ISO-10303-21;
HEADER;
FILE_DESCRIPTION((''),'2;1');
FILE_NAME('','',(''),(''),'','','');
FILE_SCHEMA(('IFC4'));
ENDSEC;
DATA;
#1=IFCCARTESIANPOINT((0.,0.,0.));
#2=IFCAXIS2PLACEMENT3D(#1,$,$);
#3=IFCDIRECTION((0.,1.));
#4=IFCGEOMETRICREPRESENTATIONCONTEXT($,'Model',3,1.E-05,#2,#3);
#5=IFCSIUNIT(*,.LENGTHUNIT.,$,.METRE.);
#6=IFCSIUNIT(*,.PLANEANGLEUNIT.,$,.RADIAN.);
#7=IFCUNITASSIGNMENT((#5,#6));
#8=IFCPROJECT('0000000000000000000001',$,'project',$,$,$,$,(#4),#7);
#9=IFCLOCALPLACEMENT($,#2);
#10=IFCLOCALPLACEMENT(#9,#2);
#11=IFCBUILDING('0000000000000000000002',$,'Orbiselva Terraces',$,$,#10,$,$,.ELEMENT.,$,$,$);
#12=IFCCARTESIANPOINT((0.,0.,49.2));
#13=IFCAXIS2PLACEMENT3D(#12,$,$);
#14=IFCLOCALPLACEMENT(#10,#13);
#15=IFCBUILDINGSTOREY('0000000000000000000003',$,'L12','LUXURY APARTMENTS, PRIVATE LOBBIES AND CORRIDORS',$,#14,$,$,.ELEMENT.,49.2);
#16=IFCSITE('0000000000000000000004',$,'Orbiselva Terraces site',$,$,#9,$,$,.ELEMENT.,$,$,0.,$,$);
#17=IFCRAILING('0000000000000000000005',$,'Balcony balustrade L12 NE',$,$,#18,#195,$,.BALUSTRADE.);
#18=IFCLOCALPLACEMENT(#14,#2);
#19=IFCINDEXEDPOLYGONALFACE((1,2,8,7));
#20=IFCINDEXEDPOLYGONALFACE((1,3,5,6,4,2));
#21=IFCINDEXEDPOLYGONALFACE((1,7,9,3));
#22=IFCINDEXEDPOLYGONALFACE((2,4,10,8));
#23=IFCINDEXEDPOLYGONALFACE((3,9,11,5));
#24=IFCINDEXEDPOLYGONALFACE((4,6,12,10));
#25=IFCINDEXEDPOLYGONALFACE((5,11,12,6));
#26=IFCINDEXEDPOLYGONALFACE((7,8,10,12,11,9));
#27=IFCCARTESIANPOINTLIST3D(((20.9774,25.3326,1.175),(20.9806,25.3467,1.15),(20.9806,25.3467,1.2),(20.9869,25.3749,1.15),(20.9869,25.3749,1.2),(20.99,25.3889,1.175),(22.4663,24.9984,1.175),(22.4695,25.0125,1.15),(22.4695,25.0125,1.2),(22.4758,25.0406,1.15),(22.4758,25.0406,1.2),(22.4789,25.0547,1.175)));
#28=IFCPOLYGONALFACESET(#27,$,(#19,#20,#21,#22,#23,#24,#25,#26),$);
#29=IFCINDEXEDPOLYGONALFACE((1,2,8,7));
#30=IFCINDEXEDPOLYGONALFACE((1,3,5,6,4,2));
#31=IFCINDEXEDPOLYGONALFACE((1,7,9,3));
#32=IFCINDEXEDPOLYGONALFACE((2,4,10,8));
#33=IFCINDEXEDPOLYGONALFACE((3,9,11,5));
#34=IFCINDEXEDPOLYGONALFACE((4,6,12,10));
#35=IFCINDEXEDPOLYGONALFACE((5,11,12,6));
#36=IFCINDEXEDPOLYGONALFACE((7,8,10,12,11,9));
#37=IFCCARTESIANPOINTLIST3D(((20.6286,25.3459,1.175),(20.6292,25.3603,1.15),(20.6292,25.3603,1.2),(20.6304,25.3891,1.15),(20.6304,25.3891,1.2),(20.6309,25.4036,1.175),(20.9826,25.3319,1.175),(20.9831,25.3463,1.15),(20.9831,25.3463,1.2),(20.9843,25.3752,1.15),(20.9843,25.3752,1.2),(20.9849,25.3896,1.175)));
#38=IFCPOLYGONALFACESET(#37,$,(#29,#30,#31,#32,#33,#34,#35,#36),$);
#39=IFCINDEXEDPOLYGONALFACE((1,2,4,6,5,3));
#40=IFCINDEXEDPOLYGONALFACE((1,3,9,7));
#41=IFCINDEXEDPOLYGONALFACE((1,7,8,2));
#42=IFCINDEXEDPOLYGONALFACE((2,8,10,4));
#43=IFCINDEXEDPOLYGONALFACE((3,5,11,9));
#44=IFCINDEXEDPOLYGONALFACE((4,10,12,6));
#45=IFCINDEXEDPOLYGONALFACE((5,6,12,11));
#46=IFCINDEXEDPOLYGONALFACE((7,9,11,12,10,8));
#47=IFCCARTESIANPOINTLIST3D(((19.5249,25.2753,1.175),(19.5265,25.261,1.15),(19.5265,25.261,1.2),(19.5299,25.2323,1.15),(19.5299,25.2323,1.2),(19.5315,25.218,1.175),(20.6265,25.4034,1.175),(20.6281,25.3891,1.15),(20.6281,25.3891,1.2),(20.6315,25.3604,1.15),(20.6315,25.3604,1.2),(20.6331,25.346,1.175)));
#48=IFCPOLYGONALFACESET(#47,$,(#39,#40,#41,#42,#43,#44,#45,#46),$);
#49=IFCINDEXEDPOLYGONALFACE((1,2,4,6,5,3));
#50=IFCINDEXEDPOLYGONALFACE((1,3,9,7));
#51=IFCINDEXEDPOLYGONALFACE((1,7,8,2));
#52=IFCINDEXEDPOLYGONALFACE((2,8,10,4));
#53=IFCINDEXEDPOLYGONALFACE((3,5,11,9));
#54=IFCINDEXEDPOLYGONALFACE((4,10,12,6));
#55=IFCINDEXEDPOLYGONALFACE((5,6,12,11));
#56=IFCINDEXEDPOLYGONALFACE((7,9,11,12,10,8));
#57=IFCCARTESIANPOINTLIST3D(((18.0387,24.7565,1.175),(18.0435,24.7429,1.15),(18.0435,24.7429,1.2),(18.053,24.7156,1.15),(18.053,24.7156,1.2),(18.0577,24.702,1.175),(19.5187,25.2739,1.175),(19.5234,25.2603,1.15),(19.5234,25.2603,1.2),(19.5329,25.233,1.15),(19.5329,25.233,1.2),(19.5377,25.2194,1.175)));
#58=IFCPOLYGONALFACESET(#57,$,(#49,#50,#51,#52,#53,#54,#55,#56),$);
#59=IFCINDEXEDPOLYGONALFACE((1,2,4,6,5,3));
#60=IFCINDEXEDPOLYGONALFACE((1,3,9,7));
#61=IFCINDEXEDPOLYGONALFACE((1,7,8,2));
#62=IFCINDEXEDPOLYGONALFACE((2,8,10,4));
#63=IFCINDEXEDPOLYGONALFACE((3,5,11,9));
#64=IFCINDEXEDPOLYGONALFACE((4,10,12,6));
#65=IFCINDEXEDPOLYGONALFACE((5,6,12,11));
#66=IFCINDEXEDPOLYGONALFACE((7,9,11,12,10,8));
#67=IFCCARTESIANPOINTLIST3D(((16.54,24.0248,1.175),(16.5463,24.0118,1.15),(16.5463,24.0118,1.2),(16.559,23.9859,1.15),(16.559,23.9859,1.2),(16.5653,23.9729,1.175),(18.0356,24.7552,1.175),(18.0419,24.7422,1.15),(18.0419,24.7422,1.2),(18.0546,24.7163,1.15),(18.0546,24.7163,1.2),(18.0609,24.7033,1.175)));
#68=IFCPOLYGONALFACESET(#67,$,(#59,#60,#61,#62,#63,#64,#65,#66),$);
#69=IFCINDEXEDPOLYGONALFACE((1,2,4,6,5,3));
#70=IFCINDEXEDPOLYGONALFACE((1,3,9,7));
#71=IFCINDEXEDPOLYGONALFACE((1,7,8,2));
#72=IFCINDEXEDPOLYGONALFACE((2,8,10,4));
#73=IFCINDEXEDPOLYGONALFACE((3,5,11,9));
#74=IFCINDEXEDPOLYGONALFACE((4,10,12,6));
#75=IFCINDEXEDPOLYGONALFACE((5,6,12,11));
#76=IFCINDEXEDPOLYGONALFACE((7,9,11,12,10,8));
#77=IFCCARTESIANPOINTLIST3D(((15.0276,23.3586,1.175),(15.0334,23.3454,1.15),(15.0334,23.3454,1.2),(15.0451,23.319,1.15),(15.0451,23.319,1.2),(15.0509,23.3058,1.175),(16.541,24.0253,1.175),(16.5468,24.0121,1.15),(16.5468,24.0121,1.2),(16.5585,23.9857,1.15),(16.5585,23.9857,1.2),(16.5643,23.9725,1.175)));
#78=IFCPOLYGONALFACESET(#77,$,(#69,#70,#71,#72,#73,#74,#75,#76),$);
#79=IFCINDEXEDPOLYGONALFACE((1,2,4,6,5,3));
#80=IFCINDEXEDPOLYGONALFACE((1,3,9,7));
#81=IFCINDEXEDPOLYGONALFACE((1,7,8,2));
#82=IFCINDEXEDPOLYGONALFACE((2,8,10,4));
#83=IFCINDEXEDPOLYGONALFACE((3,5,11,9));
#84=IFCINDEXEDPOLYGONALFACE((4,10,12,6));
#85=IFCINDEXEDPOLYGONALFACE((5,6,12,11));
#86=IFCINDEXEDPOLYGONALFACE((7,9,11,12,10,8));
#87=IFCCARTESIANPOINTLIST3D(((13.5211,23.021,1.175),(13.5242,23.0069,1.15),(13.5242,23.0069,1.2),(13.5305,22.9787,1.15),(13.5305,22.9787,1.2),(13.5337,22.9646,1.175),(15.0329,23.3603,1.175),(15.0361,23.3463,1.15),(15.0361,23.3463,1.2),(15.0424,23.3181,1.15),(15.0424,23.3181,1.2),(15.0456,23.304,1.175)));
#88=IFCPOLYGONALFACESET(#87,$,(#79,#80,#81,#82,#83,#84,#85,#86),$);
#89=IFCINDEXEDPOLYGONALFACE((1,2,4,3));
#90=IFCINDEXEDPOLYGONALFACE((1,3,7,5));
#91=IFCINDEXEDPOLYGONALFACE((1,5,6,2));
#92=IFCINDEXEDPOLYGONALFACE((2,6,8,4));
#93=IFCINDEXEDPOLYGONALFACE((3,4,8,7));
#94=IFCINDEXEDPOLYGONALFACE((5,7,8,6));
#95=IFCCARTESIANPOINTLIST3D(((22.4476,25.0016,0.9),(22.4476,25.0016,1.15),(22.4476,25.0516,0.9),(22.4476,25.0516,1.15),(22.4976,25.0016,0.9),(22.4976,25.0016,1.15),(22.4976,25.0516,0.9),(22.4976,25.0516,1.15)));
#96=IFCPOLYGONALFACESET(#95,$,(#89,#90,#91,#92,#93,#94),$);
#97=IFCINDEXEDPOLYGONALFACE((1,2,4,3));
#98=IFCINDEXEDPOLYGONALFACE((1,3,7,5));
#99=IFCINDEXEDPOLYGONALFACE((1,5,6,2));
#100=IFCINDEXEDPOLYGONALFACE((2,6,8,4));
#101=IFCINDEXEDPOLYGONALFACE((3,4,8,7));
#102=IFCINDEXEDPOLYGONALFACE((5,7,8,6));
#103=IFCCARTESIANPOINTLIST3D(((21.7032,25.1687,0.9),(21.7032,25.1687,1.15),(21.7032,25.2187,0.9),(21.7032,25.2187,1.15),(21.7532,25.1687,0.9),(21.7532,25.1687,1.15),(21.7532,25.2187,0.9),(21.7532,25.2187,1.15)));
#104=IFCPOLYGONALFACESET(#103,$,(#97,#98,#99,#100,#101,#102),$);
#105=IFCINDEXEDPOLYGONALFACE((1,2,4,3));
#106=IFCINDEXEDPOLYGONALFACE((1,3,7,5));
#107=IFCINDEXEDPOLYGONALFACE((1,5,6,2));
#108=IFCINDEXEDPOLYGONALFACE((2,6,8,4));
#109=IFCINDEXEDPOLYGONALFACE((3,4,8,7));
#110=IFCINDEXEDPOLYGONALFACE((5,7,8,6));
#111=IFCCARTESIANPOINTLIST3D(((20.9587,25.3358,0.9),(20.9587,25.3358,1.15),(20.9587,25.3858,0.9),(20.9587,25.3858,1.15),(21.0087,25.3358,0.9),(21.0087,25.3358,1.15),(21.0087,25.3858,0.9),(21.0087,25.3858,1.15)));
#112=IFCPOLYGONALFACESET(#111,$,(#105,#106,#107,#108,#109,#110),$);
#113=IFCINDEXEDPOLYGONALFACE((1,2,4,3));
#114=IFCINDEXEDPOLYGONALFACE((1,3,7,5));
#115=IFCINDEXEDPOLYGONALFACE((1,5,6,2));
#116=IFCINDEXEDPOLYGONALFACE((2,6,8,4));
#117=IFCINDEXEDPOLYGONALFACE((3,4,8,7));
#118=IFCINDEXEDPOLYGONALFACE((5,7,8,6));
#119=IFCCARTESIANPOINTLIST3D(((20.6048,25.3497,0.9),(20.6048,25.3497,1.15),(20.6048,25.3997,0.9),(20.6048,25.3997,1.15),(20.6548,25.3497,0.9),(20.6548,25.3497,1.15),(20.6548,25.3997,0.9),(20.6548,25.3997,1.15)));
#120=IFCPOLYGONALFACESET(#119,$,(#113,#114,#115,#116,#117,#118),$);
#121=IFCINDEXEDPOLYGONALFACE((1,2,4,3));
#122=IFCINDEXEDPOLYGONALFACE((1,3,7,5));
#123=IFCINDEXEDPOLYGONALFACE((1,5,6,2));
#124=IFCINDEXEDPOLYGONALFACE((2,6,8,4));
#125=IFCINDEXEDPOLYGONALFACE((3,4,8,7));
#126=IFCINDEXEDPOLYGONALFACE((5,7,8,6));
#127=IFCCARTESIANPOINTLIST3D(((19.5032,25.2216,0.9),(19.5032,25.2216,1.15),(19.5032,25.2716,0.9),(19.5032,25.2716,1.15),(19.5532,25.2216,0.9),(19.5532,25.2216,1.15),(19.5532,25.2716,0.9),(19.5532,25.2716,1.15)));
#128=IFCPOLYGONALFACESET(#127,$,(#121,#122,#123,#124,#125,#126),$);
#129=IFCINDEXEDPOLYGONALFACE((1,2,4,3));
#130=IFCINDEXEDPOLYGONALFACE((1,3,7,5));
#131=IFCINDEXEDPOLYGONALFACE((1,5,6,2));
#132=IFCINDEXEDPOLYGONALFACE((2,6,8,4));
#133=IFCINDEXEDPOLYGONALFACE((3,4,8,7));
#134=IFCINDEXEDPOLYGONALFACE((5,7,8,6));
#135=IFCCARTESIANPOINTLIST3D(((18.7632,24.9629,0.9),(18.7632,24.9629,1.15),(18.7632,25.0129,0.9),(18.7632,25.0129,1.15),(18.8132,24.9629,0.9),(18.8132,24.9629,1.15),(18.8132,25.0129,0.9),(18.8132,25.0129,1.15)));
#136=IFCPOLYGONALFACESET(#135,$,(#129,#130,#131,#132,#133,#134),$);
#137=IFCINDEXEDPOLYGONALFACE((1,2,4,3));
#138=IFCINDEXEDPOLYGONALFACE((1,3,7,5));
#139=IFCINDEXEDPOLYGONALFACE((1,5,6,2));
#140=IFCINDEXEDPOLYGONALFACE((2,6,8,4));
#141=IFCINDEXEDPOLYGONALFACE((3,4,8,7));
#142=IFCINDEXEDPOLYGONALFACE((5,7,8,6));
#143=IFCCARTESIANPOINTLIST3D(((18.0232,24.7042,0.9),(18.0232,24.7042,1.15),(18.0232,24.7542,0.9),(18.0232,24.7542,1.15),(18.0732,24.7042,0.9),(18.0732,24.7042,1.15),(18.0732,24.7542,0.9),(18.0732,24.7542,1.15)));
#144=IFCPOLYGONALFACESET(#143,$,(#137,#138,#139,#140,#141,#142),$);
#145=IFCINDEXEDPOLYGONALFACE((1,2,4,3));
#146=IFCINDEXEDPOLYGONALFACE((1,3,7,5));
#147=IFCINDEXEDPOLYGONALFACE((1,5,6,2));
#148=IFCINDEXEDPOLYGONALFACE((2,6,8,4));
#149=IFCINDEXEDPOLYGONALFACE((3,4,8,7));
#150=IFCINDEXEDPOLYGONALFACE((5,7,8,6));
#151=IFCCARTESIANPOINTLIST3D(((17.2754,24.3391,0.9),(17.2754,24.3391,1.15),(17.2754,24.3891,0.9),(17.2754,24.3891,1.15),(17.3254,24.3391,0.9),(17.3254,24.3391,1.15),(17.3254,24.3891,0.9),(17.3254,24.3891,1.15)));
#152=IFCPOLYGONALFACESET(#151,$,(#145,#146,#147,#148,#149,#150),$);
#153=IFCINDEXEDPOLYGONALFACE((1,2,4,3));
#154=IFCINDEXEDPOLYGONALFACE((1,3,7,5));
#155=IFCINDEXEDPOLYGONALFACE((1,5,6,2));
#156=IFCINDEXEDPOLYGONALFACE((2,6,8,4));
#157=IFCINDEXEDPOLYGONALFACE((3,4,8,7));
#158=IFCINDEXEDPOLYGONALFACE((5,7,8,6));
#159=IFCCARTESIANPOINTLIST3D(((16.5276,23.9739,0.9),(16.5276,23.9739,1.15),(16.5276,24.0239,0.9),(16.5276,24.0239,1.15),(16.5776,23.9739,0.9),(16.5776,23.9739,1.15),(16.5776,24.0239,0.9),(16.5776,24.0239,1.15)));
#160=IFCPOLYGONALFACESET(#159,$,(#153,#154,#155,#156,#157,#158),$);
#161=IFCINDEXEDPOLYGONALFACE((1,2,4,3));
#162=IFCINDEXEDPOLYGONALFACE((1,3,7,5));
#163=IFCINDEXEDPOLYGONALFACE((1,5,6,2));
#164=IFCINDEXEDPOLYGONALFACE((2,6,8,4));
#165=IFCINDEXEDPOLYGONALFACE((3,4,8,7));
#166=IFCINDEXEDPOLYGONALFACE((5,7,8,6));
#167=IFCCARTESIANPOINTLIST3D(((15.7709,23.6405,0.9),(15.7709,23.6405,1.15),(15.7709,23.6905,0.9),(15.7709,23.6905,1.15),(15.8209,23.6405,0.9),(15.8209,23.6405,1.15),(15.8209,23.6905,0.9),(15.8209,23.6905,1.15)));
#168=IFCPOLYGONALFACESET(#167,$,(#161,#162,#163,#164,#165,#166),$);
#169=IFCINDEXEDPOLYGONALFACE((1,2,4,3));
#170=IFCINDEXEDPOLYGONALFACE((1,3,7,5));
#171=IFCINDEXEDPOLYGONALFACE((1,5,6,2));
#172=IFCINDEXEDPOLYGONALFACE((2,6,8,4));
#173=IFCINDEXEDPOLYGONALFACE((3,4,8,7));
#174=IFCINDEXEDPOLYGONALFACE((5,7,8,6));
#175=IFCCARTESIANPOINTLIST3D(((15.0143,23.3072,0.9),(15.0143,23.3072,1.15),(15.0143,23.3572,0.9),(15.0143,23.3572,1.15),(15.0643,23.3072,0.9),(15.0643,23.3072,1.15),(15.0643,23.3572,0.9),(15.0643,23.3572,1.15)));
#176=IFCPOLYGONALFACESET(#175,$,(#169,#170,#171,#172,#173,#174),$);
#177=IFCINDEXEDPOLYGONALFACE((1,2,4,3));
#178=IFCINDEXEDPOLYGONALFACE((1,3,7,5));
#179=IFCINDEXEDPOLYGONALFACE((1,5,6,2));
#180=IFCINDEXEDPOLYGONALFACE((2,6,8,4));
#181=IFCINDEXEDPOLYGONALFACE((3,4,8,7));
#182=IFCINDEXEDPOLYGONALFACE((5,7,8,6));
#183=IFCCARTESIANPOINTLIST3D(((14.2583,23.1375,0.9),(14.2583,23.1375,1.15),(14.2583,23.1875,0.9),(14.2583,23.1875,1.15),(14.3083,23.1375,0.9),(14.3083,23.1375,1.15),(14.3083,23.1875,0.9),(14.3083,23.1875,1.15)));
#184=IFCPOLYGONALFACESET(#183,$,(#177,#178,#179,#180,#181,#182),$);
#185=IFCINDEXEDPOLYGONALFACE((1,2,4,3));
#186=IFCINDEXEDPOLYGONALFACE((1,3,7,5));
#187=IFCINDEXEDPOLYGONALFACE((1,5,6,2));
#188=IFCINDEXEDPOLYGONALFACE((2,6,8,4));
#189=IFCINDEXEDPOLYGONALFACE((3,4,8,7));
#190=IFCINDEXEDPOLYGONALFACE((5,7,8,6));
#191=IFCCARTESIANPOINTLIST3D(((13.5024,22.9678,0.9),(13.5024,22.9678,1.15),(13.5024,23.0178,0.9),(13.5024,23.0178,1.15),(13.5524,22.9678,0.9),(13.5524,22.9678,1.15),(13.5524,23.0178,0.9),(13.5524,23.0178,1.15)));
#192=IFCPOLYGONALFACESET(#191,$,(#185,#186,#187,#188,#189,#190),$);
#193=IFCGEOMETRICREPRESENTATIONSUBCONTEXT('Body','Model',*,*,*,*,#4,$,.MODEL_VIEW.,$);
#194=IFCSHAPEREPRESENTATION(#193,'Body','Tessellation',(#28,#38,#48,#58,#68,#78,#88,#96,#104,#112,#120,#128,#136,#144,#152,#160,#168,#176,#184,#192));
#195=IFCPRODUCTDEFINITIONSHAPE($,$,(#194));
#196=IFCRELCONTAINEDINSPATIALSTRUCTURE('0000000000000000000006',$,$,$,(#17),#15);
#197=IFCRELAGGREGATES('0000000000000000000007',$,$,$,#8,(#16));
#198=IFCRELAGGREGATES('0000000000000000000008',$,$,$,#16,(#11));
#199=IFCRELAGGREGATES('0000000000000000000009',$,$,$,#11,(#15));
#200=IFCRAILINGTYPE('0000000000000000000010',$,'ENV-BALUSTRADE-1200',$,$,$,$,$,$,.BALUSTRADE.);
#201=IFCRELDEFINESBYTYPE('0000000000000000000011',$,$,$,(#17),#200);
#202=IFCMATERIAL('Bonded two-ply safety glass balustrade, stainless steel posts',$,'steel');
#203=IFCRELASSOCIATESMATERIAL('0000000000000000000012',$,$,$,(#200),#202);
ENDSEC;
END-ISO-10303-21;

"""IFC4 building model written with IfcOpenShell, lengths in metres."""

from ifc_helpers import new_model, si_unit, direction, frame, origin, origin_2d, place, context, subcontext, project, spatial, polyline, rectangle, outline, extrude, material, type_object, element, save


model = new_model("IFC4")

# Units and contexts
model_context = context("Model", 3, precision=1e-05, world=origin(), true_north=direction((0.0, 1.0)))
body_context = subcontext(model_context, "Body", "Model", "MODEL_VIEW")
ifc_project = project(units=[si_unit("LENGTHUNIT", "METRE"), si_unit("PLANEANGLEUNIT", "RADIAN")], contexts=[model_context])

# Site, building, storey
site_placement = place(None, origin())
site = spatial("IfcSite", under=ifc_project, at=site_placement, Name="Orbiselva Terraces site", CompositionType="ELEMENT", RefElevation=0.0)
building_placement = place(site_placement, origin())
building = spatial("IfcBuilding", under=site, at=building_placement, Name="Orbiselva Terraces", CompositionType="ELEMENT")
storey_placement = place(building_placement, frame((0.0, 0.0, 49.2)))
storey = spatial("IfcBuildingStorey", under=building, at=storey_placement, Name="L12", Description="LUXURY APARTMENTS, PRIVATE LOBBIES AND CORRIDORS", CompositionType="ELEMENT", Elevation=49.2)

# Railing
ifc_material_1 = material(Name="Bonded two-ply safety glass balustrade, stainless steel posts", Category="steel")
railing_type_1 = type_object("IfcRailingType", Name="ENV-BALUSTRADE-1200", PredefinedType="BALUSTRADE", material=ifc_material_1)
railing_1_placement = place(storey_placement, frame((22.4726, 25.0266, 0.9)))
element("IfcRailing", 1, at=railing_1_placement, inside=storey, type_object=railing_type_1, Name="Balcony balustrade L12 NE", PredefinedType="BALUSTRADE", context=body_context, shape_type="SweptSolid", body=[
    extrude(outline(polyline([(0.0289, 0.0), (0.0144, 0.025), (-0.0144, 0.025), (-0.0289, 0.0), (-0.0144, -0.025), (0.0144, -0.025), (0.0289, 0.0)])), frame((0.0, 0.0, 0.275), z_axis=(-0.975721, 0.219016, 0.0), x_axis=(-0.219016, -0.975721, 0.0)), (0.0, 0.0, 1.0), 1.526),
    extrude(outline(polyline([(0.0289, 0.0), (0.0144, 0.025), (-0.0144, 0.025), (-0.0289, 0.0), (-0.0144, -0.025), (0.0144, -0.025), (0.0289, 0.0)])), frame((-1.4889, 0.3342, 0.275), z_axis=(-0.999225, 0.039364, 0.0), x_axis=(-0.039364, -0.999225, 0.0)), (0.0, 0.0, 1.0), 0.3542),
    extrude(outline(polyline([(0.0289, 0.0), (0.0144, 0.025), (-0.0144, 0.025), (-0.0289, 0.0), (-0.0144, -0.025), (0.0144, -0.025), (0.0289, 0.0)])), frame((-1.8428, 0.3482, 0.275), z_axis=(-0.99331, -0.115481, 0.0), x_axis=(0.115481, -0.99331, 0.0)), (0.0, 0.0, 1.0), 1.109),
    extrude(outline(polyline([(0.0289, 0.0), (0.0144, 0.025), (-0.0144, 0.025), (-0.0289, 0.0), (-0.0144, -0.025), (0.0144, -0.025), (0.0289, 0.0)])), frame((-2.9444, 0.2201, 0.275), z_axis=(-0.943972, -0.330025, 0.0), x_axis=(0.330025, -0.943972, 0.0)), (0.0, 0.0, 1.0), 1.5678),
    extrude(outline(polyline([(0.0289, 0.0), (0.0144, 0.025), (-0.0144, 0.025), (-0.0289, 0.0), (-0.0144, -0.025), (0.0144, -0.025), (0.0289, 0.0)])), frame((-4.4244, -0.2973, 0.275), z_axis=(-0.898579, -0.438812, 0.0), x_axis=(0.438812, -0.898579, 0.0)), (0.0, 0.0, 1.0), 1.6644),
    extrude(outline(polyline([(0.0289, 0.0), (0.0144, 0.025), (-0.0144, 0.025), (-0.0289, 0.0), (-0.0144, -0.025), (0.0144, -0.025), (0.0289, 0.0)])), frame((-5.92, -1.0277, 0.275), z_axis=(-0.915134, -0.403151, 0.0), x_axis=(0.403151, -0.915134, 0.0)), (0.0, 0.0, 1.0), 1.6537),
    extrude(outline(polyline([(0.0289, 0.0), (0.0144, 0.025), (-0.0144, 0.025), (-0.0289, 0.0), (-0.0144, -0.025), (0.0144, -0.025), (0.0289, 0.0)])), frame((-7.4334, -1.6944, 0.275), z_axis=(-0.975721, -0.219016, 0.0), x_axis=(0.219016, -0.975721, 0.0)), (0.0, 0.0, 1.0), 1.5495),
    extrude(rectangle(XDim=0.05, YDim=0.05, at=origin_2d()), origin(), (0.0, 0.0, 1.0), 0.25),
    extrude(rectangle(XDim=0.05, YDim=0.05, at=origin_2d()), frame((-0.7445, 0.1671, 0.0)), (0.0, 0.0, 1.0), 0.25),
    extrude(rectangle(XDim=0.05, YDim=0.05, at=origin_2d()), frame((-1.4889, 0.3342, 0.0)), (0.0, 0.0, 1.0), 0.25),
    extrude(rectangle(XDim=0.05, YDim=0.05, at=origin_2d()), frame((-1.8428, 0.3482, 0.0)), (0.0, 0.0, 1.0), 0.25),
    extrude(rectangle(XDim=0.05, YDim=0.05, at=origin_2d()), frame((-2.9444, 0.2201, 0.0)), (0.0, 0.0, 1.0), 0.25),
    extrude(rectangle(XDim=0.05, YDim=0.05, at=origin_2d()), frame((-3.6844, -0.0386, 0.0)), (0.0, 0.0, 1.0), 0.25),
    extrude(rectangle(XDim=0.05, YDim=0.05, at=origin_2d()), frame((-4.4244, -0.2973, 0.0)), (0.0, 0.0, 1.0), 0.25),
    extrude(rectangle(XDim=0.05, YDim=0.05, at=origin_2d()), frame((-5.1722, -0.6625, 0.0)), (0.0, 0.0, 1.0), 0.25),
    extrude(rectangle(XDim=0.05, YDim=0.05, at=origin_2d()), frame((-5.92, -1.0277, 0.0)), (0.0, 0.0, 1.0), 0.25),
    extrude(rectangle(XDim=0.05, YDim=0.05, at=origin_2d()), frame((-6.6767, -1.361, 0.0)), (0.0, 0.0, 1.0), 0.25),
    extrude(rectangle(XDim=0.05, YDim=0.05, at=origin_2d()), frame((-7.4334, -1.6944, 0.0)), (0.0, 0.0, 1.0), 0.25),
    extrude(rectangle(XDim=0.05, YDim=0.05, at=origin_2d()), frame((-8.1893, -1.8641, 0.0)), (0.0, 0.0, 1.0), 0.25),
    extrude(rectangle(XDim=0.05, YDim=0.05, at=origin_2d()), frame((-8.9452, -2.0338, 0.0)), (0.0, 0.0, 1.0), 0.25),
])

save(model, "model.ifc")
